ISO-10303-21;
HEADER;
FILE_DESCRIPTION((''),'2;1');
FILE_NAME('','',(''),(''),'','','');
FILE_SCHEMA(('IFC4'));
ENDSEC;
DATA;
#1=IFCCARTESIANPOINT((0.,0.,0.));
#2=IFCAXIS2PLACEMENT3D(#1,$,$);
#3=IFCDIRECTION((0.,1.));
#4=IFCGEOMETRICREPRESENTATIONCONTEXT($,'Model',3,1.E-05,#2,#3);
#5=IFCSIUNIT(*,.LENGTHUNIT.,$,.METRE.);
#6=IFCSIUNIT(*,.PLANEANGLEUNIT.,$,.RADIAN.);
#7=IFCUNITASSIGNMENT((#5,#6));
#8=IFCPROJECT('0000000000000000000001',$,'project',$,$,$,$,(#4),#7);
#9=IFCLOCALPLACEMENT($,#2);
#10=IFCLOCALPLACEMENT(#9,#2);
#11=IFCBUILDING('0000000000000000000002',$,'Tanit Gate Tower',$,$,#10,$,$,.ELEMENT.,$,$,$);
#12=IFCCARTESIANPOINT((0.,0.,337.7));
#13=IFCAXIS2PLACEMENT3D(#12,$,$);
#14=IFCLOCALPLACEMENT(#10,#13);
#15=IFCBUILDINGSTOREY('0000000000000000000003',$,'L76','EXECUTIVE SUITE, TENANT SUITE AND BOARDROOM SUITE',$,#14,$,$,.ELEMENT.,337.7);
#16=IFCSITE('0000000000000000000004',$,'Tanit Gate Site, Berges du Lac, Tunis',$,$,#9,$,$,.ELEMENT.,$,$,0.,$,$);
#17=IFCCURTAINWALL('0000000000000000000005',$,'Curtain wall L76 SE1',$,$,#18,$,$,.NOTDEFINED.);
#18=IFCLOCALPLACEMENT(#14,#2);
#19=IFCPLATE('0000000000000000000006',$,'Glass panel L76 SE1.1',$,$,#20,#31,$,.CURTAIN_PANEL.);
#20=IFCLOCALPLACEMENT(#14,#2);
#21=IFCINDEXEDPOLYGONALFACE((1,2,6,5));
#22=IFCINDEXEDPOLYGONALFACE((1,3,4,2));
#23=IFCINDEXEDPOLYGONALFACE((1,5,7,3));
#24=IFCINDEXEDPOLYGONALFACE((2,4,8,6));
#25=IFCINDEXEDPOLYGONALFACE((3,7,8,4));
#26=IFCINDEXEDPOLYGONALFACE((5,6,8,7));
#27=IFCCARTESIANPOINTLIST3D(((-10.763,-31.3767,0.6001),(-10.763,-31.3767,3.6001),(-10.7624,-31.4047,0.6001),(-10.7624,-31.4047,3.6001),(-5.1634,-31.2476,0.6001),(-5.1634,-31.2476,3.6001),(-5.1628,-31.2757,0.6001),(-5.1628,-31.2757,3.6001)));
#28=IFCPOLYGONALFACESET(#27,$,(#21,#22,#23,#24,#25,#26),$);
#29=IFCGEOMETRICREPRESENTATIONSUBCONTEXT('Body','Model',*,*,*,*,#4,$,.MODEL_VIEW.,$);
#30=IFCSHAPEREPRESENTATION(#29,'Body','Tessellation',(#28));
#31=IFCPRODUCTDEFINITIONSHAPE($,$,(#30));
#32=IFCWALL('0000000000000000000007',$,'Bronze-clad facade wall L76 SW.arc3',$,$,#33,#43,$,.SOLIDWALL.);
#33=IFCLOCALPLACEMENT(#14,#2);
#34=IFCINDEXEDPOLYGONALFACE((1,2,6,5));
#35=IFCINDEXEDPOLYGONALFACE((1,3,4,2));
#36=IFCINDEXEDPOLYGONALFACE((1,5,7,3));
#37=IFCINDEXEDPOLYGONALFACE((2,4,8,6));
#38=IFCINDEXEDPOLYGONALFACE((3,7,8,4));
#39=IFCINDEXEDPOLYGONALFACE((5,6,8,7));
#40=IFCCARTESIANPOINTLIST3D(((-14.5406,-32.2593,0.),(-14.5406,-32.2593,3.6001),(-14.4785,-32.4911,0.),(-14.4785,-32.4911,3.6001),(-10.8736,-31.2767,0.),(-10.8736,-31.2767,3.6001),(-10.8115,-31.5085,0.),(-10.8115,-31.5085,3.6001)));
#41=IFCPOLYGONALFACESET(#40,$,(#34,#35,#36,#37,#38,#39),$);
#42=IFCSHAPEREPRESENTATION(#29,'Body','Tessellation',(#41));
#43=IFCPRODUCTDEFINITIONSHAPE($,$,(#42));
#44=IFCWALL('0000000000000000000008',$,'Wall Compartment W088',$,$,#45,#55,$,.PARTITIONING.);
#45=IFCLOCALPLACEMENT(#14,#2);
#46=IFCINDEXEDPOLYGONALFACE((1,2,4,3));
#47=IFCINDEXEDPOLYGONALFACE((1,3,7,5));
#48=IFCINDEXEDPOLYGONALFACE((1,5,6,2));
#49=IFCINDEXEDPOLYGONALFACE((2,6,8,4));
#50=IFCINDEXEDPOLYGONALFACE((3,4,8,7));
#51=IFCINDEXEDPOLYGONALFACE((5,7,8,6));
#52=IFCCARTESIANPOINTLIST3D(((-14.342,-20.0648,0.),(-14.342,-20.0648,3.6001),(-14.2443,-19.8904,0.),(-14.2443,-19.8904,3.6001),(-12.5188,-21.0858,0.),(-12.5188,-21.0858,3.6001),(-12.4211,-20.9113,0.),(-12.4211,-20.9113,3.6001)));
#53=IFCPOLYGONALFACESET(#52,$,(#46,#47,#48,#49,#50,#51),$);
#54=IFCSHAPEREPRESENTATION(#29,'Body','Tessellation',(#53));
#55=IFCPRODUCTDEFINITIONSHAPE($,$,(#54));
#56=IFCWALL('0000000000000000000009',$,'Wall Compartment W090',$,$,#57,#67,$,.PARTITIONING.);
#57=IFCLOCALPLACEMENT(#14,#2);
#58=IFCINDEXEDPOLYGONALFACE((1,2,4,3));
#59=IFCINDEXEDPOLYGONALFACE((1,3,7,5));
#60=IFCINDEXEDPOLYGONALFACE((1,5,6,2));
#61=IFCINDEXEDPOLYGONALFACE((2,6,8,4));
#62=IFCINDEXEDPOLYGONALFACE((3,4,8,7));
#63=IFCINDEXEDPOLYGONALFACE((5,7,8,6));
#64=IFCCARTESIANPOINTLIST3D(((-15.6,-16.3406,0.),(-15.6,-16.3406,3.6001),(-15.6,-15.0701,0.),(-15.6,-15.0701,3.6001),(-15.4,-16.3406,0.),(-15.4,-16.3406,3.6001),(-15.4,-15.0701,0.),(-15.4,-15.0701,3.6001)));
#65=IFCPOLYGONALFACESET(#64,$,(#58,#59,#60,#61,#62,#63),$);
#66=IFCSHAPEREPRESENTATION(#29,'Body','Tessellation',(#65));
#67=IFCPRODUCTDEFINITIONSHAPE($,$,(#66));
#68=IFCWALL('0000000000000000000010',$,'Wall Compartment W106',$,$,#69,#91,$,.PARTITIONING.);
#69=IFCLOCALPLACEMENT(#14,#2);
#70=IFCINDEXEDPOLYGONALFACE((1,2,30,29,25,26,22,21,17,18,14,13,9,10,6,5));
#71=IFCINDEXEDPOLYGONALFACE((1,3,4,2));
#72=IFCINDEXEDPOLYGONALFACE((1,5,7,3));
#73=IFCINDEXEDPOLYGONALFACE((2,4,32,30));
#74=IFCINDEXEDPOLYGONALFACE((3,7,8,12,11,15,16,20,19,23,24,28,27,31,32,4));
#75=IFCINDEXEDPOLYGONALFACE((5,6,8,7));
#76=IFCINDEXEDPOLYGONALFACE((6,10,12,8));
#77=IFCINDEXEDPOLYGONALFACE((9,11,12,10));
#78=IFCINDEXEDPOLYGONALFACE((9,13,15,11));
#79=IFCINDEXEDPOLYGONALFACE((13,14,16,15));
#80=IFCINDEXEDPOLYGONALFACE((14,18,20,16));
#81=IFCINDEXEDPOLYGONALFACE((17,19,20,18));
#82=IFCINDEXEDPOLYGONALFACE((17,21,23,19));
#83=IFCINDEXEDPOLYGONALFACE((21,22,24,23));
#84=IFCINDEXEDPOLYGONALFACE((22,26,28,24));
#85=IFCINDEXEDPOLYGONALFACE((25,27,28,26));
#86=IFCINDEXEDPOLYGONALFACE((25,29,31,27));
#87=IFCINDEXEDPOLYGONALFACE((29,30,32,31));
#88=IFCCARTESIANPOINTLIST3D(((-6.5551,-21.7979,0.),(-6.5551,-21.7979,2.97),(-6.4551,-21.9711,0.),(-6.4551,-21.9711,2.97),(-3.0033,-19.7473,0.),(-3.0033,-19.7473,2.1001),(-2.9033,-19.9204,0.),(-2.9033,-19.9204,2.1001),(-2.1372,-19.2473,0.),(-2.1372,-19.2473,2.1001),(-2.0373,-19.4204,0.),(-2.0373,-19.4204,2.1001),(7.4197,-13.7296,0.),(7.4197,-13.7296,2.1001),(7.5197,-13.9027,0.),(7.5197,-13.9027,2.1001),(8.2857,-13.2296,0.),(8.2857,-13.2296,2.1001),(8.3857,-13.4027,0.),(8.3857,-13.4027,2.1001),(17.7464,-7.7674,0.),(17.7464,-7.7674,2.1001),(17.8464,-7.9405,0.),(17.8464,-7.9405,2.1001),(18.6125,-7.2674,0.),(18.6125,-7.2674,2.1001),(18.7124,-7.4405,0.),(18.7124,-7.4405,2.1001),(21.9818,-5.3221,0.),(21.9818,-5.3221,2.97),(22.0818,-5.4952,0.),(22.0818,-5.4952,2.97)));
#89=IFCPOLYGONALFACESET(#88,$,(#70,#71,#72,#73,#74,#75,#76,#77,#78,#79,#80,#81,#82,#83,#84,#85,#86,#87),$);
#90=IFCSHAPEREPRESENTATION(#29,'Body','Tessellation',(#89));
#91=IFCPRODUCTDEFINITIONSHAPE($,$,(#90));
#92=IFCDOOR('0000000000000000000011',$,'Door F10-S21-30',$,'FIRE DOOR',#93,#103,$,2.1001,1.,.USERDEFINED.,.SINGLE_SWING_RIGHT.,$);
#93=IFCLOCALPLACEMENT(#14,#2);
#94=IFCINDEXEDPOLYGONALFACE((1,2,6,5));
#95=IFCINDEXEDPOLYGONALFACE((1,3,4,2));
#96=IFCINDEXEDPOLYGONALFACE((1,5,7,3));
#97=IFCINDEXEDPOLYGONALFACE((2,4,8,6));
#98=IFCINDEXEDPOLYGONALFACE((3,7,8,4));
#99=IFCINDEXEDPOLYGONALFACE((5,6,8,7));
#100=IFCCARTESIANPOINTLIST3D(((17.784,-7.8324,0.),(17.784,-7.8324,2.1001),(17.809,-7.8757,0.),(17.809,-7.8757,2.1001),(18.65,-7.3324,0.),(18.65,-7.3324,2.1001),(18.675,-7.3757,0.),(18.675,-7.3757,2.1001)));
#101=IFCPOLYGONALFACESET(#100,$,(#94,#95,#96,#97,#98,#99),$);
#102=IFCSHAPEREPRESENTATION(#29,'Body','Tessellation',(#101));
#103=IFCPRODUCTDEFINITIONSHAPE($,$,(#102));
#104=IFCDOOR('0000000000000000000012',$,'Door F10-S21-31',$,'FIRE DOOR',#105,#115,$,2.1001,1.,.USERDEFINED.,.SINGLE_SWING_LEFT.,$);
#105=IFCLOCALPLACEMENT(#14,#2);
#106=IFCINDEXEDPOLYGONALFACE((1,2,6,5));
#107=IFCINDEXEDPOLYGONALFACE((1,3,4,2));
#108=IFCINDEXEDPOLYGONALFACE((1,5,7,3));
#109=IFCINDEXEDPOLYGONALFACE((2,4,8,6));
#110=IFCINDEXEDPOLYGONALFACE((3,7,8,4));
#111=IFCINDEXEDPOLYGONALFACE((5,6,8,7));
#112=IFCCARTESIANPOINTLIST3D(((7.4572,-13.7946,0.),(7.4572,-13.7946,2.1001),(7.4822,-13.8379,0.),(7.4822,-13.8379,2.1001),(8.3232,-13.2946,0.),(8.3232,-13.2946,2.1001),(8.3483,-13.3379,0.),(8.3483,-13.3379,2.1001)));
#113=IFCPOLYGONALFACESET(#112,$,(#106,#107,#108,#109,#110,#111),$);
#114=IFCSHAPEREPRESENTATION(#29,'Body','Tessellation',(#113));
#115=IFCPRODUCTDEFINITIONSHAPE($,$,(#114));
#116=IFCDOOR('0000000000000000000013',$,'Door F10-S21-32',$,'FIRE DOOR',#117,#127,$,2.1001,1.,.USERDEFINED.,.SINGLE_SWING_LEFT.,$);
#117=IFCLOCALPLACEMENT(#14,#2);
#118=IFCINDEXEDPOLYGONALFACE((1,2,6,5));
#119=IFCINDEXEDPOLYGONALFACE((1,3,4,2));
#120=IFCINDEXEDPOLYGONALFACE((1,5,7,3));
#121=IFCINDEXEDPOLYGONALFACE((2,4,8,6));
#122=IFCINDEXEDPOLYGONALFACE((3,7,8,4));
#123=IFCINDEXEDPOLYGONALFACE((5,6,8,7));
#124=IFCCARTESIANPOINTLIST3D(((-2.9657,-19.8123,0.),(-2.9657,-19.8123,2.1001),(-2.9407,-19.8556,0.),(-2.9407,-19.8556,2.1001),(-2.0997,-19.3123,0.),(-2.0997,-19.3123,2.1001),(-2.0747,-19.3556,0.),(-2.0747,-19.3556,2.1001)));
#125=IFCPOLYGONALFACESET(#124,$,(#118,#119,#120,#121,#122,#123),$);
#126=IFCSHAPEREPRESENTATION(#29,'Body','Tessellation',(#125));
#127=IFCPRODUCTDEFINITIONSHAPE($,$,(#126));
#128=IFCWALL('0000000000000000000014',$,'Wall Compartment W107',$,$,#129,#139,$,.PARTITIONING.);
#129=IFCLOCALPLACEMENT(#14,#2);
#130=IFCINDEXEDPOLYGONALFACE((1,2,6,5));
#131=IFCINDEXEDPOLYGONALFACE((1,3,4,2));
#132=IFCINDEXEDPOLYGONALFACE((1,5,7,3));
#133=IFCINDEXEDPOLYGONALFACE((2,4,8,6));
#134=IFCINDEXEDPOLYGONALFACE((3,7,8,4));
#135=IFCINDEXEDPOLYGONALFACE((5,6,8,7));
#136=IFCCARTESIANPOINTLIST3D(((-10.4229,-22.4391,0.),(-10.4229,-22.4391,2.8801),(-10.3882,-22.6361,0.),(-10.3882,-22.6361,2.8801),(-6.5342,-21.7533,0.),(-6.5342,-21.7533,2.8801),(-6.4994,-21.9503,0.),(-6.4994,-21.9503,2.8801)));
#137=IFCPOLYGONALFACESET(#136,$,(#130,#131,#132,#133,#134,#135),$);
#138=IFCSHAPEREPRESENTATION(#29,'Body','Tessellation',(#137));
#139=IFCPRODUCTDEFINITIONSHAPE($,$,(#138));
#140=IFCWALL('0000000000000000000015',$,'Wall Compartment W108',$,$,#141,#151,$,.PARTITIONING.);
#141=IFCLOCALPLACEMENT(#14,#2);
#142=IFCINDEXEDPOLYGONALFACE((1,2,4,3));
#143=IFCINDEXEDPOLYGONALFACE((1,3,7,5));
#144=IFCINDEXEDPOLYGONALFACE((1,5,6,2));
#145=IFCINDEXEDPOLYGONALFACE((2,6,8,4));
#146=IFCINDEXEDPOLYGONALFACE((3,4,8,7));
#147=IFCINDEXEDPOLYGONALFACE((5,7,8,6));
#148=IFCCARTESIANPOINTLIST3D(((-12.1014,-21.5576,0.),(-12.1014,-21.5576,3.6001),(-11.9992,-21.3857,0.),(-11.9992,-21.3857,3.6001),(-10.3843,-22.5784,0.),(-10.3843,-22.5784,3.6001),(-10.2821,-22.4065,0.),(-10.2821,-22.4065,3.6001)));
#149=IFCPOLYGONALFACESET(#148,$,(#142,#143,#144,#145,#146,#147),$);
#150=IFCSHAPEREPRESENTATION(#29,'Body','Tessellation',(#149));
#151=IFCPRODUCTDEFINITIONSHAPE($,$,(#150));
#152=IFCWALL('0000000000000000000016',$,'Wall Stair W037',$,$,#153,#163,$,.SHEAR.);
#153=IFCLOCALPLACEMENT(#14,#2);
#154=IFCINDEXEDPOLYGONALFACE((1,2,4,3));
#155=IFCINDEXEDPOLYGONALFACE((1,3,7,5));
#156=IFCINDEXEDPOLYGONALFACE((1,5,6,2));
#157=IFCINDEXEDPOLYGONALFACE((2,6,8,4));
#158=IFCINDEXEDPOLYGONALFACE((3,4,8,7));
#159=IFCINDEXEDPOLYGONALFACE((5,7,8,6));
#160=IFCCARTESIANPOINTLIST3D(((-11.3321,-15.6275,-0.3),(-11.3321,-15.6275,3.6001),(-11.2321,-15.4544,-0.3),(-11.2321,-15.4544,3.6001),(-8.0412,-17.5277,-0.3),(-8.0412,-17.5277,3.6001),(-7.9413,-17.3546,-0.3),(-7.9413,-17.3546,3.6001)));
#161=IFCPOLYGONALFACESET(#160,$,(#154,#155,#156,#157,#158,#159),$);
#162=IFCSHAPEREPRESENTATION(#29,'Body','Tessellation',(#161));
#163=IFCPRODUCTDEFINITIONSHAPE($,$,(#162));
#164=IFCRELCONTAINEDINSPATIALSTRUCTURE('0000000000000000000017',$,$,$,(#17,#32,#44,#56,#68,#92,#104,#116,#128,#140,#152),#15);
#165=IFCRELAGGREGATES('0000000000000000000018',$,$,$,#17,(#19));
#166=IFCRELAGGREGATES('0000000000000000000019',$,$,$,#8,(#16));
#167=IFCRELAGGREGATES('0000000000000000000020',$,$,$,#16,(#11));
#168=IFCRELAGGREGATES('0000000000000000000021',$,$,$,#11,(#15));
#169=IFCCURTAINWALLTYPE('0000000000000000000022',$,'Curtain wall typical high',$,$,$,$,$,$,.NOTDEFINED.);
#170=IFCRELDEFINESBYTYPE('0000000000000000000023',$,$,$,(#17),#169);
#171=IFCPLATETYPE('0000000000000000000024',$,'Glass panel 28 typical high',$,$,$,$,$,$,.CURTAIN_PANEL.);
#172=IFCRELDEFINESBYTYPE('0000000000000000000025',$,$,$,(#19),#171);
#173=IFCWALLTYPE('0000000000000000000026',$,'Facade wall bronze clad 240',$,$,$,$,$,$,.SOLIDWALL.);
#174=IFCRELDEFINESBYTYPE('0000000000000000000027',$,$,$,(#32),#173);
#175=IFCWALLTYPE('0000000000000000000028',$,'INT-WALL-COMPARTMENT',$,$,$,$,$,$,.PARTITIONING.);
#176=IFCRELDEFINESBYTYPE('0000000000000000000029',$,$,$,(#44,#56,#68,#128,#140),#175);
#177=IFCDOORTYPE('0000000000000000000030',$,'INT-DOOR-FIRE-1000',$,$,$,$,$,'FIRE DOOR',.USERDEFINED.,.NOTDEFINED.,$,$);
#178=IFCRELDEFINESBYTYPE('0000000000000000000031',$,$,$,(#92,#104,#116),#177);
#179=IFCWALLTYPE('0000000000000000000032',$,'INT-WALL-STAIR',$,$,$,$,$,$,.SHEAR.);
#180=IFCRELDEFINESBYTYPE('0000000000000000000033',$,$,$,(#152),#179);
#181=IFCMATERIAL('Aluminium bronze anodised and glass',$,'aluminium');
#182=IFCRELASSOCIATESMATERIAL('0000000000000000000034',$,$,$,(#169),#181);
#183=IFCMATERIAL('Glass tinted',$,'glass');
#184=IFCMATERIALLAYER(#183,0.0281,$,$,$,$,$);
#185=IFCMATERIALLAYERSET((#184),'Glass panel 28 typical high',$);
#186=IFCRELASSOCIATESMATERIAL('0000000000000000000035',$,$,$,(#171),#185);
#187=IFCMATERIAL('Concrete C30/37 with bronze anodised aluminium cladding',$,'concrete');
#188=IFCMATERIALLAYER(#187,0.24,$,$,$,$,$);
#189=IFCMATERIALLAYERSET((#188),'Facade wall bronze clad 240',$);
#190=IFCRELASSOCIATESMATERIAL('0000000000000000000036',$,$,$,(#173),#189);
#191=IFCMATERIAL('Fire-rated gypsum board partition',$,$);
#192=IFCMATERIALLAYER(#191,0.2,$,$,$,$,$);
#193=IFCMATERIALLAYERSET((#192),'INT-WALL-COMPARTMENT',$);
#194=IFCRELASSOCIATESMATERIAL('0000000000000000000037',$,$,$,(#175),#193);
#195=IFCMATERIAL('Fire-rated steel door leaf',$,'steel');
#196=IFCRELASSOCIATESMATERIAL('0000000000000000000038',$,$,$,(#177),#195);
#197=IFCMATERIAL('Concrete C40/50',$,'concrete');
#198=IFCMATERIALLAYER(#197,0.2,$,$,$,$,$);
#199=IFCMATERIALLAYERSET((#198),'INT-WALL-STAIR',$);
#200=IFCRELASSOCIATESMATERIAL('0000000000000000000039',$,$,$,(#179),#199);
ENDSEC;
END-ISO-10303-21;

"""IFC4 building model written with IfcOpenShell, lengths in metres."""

from ifc_helpers import new_model, si_unit, direction, frame, frame_2d, origin, origin_2d, place, context, subcontext, project, spatial, rectangle, extrude, material, layer, layer_set, type_object, element, fill, aggregate, save


model = new_model("IFC4")

# Units and contexts
model_context = context("Model", 3, precision=1e-05, world=origin(), true_north=direction((0.0, 1.0)))
body_context = subcontext(model_context, "Body", "Model", "MODEL_VIEW")
ifc_project = project(units=[si_unit("LENGTHUNIT", "METRE"), si_unit("PLANEANGLEUNIT", "RADIAN")], contexts=[model_context])

# Site, building, storey
site_placement = place(None, origin())
site = spatial("IfcSite", under=ifc_project, at=site_placement, Name="Tanit Gate Site, Berges du Lac, Tunis", CompositionType="ELEMENT", RefElevation=0.0)
building_placement = place(site_placement, origin())
building = spatial("IfcBuilding", under=site, at=building_placement, Name="Tanit Gate Tower", CompositionType="ELEMENT")
storey_placement = place(building_placement, frame((0.0, 0.0, 337.7)))
storey = spatial("IfcBuildingStorey", under=building, at=storey_placement, Name="L76", Description="EXECUTIVE SUITE, TENANT SUITE AND BOARDROOM SUITE", CompositionType="ELEMENT", Elevation=337.7)

# Curtain wall
ifc_material_1 = material(Name="Aluminium bronze anodised and glass", Category="aluminium")
curtain_wall_type = type_object("IfcCurtainWallType", Name="Curtain wall typical high", PredefinedType="NOTDEFINED", material=ifc_material_1)
curtain_wall_placement = place(storey_placement, origin())
curtain_wall = element("IfcCurtainWall", 1, at=curtain_wall_placement, inside=storey, type_object=curtain_wall_type, Name="Curtain wall L76 SE1", PredefinedType="NOTDEFINED")

# Plate
ifc_material_2 = material(Name="Glass tinted", Category="glass")
ifc_layer_1 = layer(ifc_material_2, 0.0281)
ifc_layer_set_1 = layer_set([ifc_layer_1], Name="Glass panel 28 typical high")
plate_type = type_object("IfcPlateType", Name="Glass panel 28 typical high", PredefinedType="CURTAIN_PANEL", material=ifc_layer_set_1)
plate_placement = place(storey_placement, frame((-7.9629, -31.3262, 0.6001), z_axis=(0.0, 0.0, 1.0), x_axis=(0.999735, 0.02304, 0.0)))
plate = element("IfcPlate", 2, at=plate_placement, type_object=plate_type, Name="Glass panel L76 SE1.1", PredefinedType="CURTAIN_PANEL", context=body_context, shape_type="SweptSolid", body=[
    extrude(rectangle(XDim=5.6011, YDim=0.0281, at=origin_2d()), origin(), (0.0, 0.0, 1.0), 3.0),
])
aggregate(curtain_wall, [plate])

# Walls
ifc_material_3 = material(Name="Concrete C30/37 with bronze anodised aluminium cladding", Category="concrete")
ifc_layer_2 = layer(ifc_material_3, 0.24)
ifc_layer_set_2 = layer_set([ifc_layer_2], Name="Facade wall bronze clad 240")
wall_type_1 = type_object("IfcWallType", Name="Facade wall bronze clad 240", PredefinedType="SOLIDWALL", material=ifc_layer_set_2)
wall_1_placement = place(storey_placement, frame((-14.5095, -32.3752, 0.0), z_axis=(0.0, 0.0, 1.0), x_axis=(0.965919, 0.258843, 0.0)))
element("IfcWall", 3, at=wall_1_placement, inside=storey, type_object=wall_type_1, Name="Bronze-clad facade wall L76 SW.arc3", PredefinedType="SOLIDWALL", context=body_context, shape_type="SweptSolid", body=[
    extrude(rectangle(XDim=3.7964, YDim=0.24, at=frame_2d((1.8982, 0.0))), origin(), (0.0, 0.0, 1.0), 3.6001),
])
ifc_material_4 = material(Name="Fire-rated gypsum board partition")
ifc_layer_3 = layer(ifc_material_4, 0.2)
ifc_layer_set_3 = layer_set([ifc_layer_3], Name="INT-WALL-COMPARTMENT")
wall_type_2 = type_object("IfcWallType", Name="INT-WALL-COMPARTMENT", PredefinedType="PARTITIONING", material=ifc_layer_set_3)
wall_2_placement = place(storey_placement, frame((-14.2932, -19.9775, 0.0), z_axis=(0.0, 0.0, 1.0), x_axis=(0.87251, -0.488596, 0.0)))
element("IfcWall", 4, at=wall_2_placement, inside=storey, type_object=wall_type_2, Name="Wall Compartment W088", PredefinedType="PARTITIONING", context=body_context, shape_type="SweptSolid", body=[
    extrude(rectangle(XDim=2.0896, YDim=0.2, at=frame_2d((1.0449, 0.0))), origin(), (0.0, 0.0, 1.0), 3.6001),
])
wall_3_placement = place(storey_placement, frame((-15.5, -15.0701, 0.0), z_axis=(0.0, 0.0, 1.0), x_axis=(0.0, -1.0, 0.0)))
element("IfcWall", 5, at=wall_3_placement, inside=storey, type_object=wall_type_2, Name="Wall Compartment W090", PredefinedType="PARTITIONING", context=body_context, shape_type="SweptSolid", body=[
    extrude(rectangle(XDim=1.2705, YDim=0.2, at=frame_2d((0.6353, 0.0))), origin(), (0.0, 0.0, 1.0), 3.6001),
])

# Wall, openings, doors
wall_4_placement = place(storey_placement, frame((-6.5051, -21.8845, 0.0), z_axis=(0.0, 0.0, 1.0), x_axis=(0.866025, 0.500001, 0.0)))
wall_4 = element("IfcWall", 6, at=wall_4_placement, inside=storey, type_object=wall_type_2, Name="Wall Compartment W106", PredefinedType="PARTITIONING", context=body_context, shape_type="SweptSolid", body=[
    extrude(rectangle(XDim=32.9517, YDim=0.2, at=frame_2d((16.4758, 0.0))), origin(), (0.0, 0.0, 1.0), 2.97),
])
opening_1_placement = place(wall_4_placement, frame((28.061, 0.0, 0.0)))
opening_1 = element("IfcOpeningElement", 7, at=opening_1_placement, cuts=wall_4, PredefinedType="OPENING", context=body_context, shape_type="SweptSolid", body=[
    extrude(rectangle(XDim=1.0, YDim=2.1001, at=frame_2d((0.5, 1.05))), frame((0.0, 0.1099, 0.0), z_axis=(0.0, -1.0, 0.0), x_axis=(1.0, 0.0, 0.0)), (0.0, 0.0, 1.0), 0.22),
])
opening_2_placement = place(wall_4_placement, frame((16.1367, 0.0, 0.0)))
opening_2 = element("IfcOpeningElement", 8, at=opening_2_placement, cuts=wall_4, PredefinedType="OPENING", context=body_context, shape_type="SweptSolid", body=[
    extrude(rectangle(XDim=1.0, YDim=2.1001, at=frame_2d((0.5, 1.05))), frame((0.0, 0.1099, 0.0), z_axis=(0.0, -1.0, 0.0), x_axis=(1.0, 0.0, 0.0)), (0.0, 0.0, 1.0), 0.22),
])
opening_3_placement = place(wall_4_placement, frame((4.1013, 0.0, 0.0)))
opening_3 = element("IfcOpeningElement", 9, at=opening_3_placement, cuts=wall_4, PredefinedType="OPENING", context=body_context, shape_type="SweptSolid", body=[
    extrude(rectangle(XDim=1.0, YDim=2.1001, at=frame_2d((0.5, 1.05))), frame((0.0, 0.1099, 0.0), z_axis=(0.0, -1.0, 0.0), x_axis=(1.0, 0.0, 0.0)), (0.0, 0.0, 1.0), 0.22),
])
ifc_material_5 = material(Name="Fire-rated steel door leaf", Category="steel")
door_type_1 = type_object("IfcDoorType", Name="INT-DOOR-FIRE-1000", ElementType="FIRE DOOR", OperationType="NOTDEFINED", PredefinedType="USERDEFINED", material=ifc_material_5)
door_1_placement = place(opening_1_placement, origin())
door_1 = element("IfcDoor", 10, at=door_1_placement, inside=storey, type_object=door_type_1, Name="Door F10-S21-30", ObjectType="FIRE DOOR", OperationType="SINGLE_SWING_RIGHT", OverallHeight=2.1001, OverallWidth=1.0, PredefinedType="USERDEFINED", context=body_context, shape_type="SweptSolid", body=[
    extrude(rectangle(XDim=1.0, YDim=2.1001, at=frame_2d((0.5, 1.05))), frame((0.0, 0.0249, 0.0), z_axis=(0.0, -1.0, 0.0), x_axis=(1.0, 0.0, 0.0)), (0.0, 0.0, 1.0), 0.05),
])
fill(opening_1, door_1)
door_2_placement = place(opening_2_placement, origin())
door_2 = element("IfcDoor", 11, at=door_2_placement, inside=storey, type_object=door_type_1, Name="Door F10-S21-31", ObjectType="FIRE DOOR", OperationType="SINGLE_SWING_LEFT", OverallHeight=2.1001, OverallWidth=1.0, PredefinedType="USERDEFINED", context=body_context, shape_type="SweptSolid", body=[
    extrude(rectangle(XDim=1.0, YDim=2.1001, at=frame_2d((0.5, 1.05))), frame((0.0, 0.0249, 0.0), z_axis=(0.0, -1.0, 0.0), x_axis=(1.0, 0.0, 0.0)), (0.0, 0.0, 1.0), 0.05),
])
fill(opening_2, door_2)
door_3_placement = place(opening_3_placement, origin())
door_3 = element("IfcDoor", 12, at=door_3_placement, inside=storey, type_object=door_type_1, Name="Door F10-S21-32", ObjectType="FIRE DOOR", OperationType="SINGLE_SWING_LEFT", OverallHeight=2.1001, OverallWidth=1.0, PredefinedType="USERDEFINED", context=body_context, shape_type="SweptSolid", body=[
    extrude(rectangle(XDim=1.0, YDim=2.1001, at=frame_2d((0.5, 1.05))), frame((0.0, 0.0249, 0.0), z_axis=(0.0, -1.0, 0.0), x_axis=(1.0, 0.0, 0.0)), (0.0, 0.0, 1.0), 0.05),
])
fill(opening_3, door_3)

# Walls
wall_5_placement = place(storey_placement, frame((-10.4055, -22.5376, 0.0), z_axis=(0.0, 0.0, 1.0), x_axis=(0.984803, 0.173676, 0.0)))
element("IfcWall", 13, at=wall_5_placement, inside=storey, type_object=wall_type_2, Name="Wall Compartment W107", PredefinedType="PARTITIONING", context=body_context, shape_type="SweptSolid", body=[
    extrude(rectangle(XDim=3.9487, YDim=0.2, at=frame_2d((1.9744, 0.0))), origin(), (0.0, 0.0, 1.0), 2.8801),
])
wall_6_placement = place(storey_placement, frame((-12.0503, -21.4717, 0.0), z_axis=(0.0, 0.0, 1.0), x_axis=(0.859578, -0.511005, 0.0)))
element("IfcWall", 14, at=wall_6_placement, inside=storey, type_object=wall_type_2, Name="Wall Compartment W108", PredefinedType="PARTITIONING", context=body_context, shape_type="SweptSolid", body=[
    extrude(rectangle(XDim=1.9976, YDim=0.2, at=frame_2d((0.9988, 0.0))), origin(), (0.0, 0.0, 1.0), 3.6001),
])
ifc_material_6 = material(Name="Concrete C40/50", Category="concrete")
ifc_layer_4 = layer(ifc_material_6, 0.2)
ifc_layer_set_4 = layer_set([ifc_layer_4], Name="INT-WALL-STAIR")
wall_type_3 = type_object("IfcWallType", Name="INT-WALL-STAIR", PredefinedType="SHEAR", material=ifc_layer_set_4)
wall_7_placement = place(storey_placement, frame((-11.282, -15.541, -0.3), z_axis=(0.0, 0.0, 1.0), x_axis=(0.866, -0.500043, 0.0)))
element("IfcWall", 15, at=wall_7_placement, inside=storey, type_object=wall_type_3, Name="Wall Stair W037", PredefinedType="SHEAR", context=body_context, shape_type="SweptSolid", body=[
    extrude(rectangle(XDim=3.8, YDim=0.2, at=frame_2d((1.8999, 0.0))), origin(), (0.0, 0.0, 1.0), 3.9001),
])

save(model, "model.ifc")
